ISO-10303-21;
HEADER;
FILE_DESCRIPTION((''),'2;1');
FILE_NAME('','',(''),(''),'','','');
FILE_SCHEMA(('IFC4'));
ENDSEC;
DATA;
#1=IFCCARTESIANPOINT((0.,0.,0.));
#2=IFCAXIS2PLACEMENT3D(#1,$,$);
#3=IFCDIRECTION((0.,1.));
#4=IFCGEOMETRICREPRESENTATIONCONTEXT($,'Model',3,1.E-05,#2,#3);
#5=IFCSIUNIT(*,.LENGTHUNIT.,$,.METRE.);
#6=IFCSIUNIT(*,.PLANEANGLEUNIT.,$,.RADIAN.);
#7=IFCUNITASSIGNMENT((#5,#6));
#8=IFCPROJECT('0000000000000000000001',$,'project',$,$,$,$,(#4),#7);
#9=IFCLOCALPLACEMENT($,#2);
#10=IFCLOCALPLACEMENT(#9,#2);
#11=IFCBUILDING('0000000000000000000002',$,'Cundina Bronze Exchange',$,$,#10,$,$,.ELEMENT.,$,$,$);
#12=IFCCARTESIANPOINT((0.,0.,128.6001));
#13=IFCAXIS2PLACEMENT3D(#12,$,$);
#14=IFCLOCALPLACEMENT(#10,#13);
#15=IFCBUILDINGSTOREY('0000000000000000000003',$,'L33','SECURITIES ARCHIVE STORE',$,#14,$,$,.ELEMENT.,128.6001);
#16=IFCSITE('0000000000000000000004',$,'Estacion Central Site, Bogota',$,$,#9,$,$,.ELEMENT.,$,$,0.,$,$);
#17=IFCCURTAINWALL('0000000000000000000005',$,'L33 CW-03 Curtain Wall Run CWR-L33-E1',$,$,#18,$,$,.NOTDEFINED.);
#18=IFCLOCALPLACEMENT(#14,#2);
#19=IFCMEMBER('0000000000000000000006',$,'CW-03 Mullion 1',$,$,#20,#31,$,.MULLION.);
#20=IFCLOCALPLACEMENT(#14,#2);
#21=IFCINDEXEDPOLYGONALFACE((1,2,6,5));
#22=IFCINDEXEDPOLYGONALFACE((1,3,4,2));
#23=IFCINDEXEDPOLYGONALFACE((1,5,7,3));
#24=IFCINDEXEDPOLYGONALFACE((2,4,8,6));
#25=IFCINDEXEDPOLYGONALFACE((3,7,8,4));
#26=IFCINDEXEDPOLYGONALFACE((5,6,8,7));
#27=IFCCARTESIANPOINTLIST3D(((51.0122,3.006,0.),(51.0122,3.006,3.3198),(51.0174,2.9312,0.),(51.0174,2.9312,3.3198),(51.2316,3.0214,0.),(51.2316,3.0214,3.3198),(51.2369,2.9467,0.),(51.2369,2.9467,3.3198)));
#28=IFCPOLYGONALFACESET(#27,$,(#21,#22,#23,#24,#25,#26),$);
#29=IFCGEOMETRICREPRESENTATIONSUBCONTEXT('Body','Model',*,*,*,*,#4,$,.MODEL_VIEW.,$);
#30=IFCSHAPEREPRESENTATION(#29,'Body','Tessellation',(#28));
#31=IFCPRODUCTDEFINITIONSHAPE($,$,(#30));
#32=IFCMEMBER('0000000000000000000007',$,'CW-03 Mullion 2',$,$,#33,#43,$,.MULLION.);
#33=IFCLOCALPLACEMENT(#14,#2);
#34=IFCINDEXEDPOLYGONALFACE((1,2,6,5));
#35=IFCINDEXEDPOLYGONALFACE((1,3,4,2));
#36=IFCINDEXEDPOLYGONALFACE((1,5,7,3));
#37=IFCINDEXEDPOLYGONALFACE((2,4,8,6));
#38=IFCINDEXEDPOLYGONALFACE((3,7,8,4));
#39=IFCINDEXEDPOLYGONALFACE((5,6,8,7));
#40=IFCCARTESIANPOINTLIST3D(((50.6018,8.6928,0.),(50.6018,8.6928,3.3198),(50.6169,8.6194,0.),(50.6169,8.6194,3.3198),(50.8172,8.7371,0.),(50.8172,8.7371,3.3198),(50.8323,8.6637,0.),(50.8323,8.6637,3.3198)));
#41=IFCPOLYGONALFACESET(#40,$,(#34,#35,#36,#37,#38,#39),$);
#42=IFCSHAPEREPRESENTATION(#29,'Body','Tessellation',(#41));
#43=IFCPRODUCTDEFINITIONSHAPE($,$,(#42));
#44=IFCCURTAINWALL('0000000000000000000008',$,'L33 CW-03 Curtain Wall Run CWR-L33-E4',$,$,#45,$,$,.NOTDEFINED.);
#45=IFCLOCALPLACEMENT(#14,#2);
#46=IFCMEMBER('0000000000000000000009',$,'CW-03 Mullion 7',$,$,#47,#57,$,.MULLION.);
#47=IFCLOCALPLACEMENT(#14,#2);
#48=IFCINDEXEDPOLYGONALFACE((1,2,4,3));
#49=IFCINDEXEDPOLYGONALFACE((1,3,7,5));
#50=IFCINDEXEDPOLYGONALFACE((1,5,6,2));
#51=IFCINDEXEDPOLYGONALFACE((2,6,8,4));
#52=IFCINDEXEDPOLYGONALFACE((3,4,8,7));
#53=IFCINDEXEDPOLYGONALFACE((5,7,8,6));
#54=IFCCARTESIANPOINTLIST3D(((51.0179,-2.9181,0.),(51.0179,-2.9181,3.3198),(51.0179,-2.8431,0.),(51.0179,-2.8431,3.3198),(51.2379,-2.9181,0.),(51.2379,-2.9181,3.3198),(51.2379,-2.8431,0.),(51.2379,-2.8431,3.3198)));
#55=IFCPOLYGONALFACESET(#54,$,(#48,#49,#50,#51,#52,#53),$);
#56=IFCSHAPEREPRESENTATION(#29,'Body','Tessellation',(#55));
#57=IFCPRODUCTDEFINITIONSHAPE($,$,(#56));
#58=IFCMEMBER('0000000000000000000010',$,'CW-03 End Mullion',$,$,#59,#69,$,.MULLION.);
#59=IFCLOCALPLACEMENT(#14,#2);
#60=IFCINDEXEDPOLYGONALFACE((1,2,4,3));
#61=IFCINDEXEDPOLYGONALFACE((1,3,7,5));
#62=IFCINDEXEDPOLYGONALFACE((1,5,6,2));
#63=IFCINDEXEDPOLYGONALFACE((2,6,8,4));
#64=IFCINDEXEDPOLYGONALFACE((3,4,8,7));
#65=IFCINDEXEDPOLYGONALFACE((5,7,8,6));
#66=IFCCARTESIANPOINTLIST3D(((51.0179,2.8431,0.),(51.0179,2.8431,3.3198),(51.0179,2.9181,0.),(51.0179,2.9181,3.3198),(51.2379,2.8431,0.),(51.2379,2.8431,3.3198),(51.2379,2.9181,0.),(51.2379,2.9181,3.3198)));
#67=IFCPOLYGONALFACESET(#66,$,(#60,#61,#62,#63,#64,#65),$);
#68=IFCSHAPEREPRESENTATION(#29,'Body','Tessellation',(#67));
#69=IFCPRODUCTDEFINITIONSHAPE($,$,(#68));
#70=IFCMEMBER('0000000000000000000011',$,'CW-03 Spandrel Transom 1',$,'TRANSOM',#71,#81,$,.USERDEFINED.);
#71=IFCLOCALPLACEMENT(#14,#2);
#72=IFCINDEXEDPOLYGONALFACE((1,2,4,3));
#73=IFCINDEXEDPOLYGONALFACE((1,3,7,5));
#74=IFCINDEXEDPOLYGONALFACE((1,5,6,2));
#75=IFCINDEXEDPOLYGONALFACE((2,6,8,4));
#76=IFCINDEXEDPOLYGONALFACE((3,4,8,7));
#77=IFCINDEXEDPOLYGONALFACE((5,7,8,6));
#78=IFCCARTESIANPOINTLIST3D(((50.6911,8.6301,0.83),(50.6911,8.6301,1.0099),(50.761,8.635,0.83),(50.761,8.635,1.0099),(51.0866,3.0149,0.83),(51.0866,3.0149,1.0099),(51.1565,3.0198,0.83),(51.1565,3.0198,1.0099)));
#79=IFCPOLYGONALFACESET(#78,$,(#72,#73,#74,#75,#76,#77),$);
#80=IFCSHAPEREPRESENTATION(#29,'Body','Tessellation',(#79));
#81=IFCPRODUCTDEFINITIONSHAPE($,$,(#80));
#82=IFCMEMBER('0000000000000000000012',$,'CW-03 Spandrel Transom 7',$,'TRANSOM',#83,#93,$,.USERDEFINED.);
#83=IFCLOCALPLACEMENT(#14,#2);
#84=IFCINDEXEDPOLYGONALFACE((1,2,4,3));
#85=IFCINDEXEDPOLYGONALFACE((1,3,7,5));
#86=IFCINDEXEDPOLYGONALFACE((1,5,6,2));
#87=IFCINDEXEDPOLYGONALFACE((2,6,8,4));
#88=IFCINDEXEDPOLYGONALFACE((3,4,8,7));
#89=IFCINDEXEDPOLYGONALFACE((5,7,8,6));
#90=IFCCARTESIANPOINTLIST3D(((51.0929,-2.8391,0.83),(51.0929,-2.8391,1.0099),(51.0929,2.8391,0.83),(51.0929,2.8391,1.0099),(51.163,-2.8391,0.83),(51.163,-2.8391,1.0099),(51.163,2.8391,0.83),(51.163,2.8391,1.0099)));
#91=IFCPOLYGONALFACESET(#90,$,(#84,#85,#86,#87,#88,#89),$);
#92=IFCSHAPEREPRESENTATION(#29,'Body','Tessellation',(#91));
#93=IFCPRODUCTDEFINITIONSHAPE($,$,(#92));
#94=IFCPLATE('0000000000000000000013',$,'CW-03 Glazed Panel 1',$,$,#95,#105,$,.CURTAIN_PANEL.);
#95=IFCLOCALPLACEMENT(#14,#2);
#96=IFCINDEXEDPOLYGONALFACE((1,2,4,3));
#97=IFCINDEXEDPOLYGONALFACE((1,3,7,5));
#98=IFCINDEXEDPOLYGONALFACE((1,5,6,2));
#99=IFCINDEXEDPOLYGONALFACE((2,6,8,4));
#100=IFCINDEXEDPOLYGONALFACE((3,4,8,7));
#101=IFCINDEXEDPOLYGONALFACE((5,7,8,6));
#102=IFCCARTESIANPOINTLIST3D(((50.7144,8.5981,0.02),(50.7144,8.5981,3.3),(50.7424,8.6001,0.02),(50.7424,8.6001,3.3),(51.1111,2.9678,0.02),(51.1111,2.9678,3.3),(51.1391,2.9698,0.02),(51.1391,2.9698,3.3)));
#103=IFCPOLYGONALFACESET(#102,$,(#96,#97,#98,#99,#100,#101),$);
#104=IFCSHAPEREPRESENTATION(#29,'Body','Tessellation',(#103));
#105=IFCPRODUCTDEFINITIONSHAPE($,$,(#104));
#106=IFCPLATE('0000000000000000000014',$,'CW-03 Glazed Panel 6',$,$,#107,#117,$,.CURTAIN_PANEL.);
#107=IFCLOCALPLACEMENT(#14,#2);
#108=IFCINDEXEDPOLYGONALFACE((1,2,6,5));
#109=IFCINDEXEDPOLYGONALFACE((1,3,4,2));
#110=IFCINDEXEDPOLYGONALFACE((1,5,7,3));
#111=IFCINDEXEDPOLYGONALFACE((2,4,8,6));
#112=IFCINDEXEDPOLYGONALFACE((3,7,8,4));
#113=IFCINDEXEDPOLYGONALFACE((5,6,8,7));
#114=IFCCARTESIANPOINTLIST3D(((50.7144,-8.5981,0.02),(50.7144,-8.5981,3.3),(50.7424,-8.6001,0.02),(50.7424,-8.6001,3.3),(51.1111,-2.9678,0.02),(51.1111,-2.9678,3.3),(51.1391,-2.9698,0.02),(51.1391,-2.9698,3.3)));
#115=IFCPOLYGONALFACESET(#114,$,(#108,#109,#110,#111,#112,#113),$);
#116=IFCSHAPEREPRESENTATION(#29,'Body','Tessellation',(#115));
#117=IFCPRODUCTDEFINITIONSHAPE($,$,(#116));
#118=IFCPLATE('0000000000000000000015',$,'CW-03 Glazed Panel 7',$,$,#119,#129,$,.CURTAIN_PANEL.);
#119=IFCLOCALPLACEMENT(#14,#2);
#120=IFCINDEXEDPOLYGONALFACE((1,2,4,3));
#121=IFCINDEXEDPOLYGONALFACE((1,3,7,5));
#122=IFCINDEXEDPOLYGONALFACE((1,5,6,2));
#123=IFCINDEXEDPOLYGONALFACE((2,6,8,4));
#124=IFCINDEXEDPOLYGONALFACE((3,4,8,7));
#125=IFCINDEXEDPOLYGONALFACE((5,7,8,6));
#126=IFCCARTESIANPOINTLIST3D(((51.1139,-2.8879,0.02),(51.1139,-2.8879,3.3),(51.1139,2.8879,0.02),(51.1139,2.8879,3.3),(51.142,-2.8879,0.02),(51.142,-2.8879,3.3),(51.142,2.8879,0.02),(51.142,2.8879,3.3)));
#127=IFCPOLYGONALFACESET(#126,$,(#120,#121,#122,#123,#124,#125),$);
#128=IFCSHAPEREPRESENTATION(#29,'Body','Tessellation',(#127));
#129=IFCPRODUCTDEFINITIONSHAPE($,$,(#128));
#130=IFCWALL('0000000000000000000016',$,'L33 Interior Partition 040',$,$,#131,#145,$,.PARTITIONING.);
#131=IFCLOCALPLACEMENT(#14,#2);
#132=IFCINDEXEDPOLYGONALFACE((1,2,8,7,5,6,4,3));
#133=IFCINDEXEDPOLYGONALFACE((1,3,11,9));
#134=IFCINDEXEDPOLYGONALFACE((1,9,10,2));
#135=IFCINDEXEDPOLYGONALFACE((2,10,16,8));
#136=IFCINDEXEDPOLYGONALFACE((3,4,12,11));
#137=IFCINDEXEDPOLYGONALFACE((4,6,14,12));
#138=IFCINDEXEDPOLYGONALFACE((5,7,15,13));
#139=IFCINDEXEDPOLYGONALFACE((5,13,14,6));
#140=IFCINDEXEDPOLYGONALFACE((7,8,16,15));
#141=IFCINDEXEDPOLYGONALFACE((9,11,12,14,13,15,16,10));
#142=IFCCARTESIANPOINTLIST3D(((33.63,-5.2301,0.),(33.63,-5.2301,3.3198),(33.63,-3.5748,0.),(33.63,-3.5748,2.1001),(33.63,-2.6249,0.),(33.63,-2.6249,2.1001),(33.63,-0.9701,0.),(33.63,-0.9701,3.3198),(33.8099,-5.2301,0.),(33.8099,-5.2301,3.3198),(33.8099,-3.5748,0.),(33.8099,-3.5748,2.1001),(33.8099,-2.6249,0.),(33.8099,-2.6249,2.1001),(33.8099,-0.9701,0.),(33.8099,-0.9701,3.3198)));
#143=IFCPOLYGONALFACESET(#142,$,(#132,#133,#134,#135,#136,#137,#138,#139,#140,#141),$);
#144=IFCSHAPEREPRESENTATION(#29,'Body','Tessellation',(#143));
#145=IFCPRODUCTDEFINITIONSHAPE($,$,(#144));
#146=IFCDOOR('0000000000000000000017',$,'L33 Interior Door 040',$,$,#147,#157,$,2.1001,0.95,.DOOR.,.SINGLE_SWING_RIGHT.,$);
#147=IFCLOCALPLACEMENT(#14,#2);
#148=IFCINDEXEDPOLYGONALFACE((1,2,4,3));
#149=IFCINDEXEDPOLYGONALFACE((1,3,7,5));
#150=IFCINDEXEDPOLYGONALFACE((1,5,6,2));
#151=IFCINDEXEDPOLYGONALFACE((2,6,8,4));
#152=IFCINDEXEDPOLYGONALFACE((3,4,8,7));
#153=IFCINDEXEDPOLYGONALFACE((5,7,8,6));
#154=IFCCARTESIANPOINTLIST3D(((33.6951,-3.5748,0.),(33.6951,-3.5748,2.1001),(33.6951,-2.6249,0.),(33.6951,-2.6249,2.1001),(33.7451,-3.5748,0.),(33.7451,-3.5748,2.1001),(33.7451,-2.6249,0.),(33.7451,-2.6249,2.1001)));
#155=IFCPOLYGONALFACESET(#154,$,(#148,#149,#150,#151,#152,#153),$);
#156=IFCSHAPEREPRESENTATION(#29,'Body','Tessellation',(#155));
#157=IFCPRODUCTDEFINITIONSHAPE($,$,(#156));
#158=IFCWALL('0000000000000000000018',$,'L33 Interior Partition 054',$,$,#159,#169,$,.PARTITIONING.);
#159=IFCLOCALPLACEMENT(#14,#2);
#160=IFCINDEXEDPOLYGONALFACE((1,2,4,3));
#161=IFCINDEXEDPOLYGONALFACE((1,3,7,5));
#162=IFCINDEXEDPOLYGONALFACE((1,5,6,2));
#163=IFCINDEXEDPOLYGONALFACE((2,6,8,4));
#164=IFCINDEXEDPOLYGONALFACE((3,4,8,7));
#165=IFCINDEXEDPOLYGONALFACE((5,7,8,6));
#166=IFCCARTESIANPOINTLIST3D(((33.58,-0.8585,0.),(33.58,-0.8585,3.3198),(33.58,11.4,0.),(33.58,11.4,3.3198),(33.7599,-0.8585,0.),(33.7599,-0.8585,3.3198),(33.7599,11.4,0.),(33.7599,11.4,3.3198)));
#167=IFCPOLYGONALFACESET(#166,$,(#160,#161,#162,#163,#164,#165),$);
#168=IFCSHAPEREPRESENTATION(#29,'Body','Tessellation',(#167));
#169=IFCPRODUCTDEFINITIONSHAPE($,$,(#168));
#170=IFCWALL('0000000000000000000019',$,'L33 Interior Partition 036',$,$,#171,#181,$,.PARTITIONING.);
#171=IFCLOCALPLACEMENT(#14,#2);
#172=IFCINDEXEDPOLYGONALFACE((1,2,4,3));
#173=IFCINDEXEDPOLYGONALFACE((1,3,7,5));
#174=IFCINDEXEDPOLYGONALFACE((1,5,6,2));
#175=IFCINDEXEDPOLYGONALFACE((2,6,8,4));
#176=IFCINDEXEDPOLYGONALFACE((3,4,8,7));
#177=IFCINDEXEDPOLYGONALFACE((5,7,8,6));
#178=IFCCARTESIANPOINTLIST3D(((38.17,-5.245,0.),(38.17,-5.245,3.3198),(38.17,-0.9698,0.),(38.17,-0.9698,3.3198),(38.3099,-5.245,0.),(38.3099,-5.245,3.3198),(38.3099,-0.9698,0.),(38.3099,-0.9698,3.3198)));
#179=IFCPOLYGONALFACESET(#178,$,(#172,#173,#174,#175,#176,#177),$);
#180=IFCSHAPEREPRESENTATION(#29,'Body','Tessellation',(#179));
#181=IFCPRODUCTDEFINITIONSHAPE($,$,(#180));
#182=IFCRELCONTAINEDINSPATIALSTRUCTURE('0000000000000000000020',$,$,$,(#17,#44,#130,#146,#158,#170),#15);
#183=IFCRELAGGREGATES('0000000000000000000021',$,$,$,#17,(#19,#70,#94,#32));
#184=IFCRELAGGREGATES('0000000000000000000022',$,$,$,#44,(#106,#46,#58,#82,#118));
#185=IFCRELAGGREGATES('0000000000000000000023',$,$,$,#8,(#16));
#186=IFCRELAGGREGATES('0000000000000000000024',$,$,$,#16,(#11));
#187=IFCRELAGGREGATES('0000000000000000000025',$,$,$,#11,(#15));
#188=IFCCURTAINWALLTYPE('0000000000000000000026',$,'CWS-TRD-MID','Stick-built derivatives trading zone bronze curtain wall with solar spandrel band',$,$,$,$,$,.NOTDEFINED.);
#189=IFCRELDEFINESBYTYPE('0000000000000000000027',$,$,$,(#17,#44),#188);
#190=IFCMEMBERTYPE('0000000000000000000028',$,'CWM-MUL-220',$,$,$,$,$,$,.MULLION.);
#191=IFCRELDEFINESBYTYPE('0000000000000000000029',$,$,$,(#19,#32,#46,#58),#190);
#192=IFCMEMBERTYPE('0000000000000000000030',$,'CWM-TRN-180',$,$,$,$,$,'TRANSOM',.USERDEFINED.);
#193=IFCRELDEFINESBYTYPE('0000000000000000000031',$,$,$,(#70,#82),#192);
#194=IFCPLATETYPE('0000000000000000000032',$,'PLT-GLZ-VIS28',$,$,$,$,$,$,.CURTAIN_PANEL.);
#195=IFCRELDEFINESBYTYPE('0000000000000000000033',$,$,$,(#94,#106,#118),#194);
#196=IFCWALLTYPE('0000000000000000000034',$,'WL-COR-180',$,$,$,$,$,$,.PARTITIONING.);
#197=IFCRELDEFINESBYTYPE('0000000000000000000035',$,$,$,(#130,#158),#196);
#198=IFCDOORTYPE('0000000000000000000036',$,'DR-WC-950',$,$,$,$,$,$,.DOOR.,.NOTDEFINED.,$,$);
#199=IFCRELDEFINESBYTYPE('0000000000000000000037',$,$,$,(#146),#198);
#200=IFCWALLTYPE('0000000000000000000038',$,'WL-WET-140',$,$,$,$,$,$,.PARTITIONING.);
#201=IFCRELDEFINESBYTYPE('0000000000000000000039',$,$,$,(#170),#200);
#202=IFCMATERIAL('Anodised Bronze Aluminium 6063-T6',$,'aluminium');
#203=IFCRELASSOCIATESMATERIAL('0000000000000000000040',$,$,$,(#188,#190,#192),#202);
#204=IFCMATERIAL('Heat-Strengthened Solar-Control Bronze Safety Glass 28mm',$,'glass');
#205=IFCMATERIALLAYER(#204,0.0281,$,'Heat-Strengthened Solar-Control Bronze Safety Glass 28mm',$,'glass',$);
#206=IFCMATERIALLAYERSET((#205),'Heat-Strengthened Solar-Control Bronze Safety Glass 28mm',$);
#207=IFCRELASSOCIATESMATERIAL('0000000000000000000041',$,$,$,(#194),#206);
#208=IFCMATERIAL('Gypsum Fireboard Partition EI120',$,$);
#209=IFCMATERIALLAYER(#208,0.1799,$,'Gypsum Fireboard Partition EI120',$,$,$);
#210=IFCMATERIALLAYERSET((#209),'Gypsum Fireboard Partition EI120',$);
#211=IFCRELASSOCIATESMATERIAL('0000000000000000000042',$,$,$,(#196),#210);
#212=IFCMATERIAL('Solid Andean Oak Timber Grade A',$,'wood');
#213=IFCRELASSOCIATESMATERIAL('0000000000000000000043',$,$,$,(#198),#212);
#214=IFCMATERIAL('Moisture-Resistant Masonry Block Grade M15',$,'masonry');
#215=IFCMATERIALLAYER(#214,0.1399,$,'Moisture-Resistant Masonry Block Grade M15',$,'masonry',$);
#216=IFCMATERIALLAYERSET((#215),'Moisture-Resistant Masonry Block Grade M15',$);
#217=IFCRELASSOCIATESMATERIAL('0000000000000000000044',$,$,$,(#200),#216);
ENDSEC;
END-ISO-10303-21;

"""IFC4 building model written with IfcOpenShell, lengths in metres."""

from ifc_helpers import new_model, si_unit, direction, frame, frame_2d, origin, origin_2d, place, context, subcontext, project, spatial, rectangle, extrude, material, layer, layer_set, material_profile, profile_set, type_object, element, fill, aggregate, save


model = new_model("IFC4")

# Units and contexts
model_context = context("Model", 3, precision=1e-05, world=origin(), true_north=direction((0.0, 1.0)))
body_context = subcontext(model_context, "Body", "Model", "MODEL_VIEW")
ifc_project = project(units=[si_unit("LENGTHUNIT", "METRE"), si_unit("PLANEANGLEUNIT", "RADIAN")], contexts=[model_context])

# Site, building, storey
site_placement = place(None, origin())
site = spatial("IfcSite", under=ifc_project, at=site_placement, Name="Estacion Central Site, Bogota", CompositionType="ELEMENT", RefElevation=0.0)
building_placement = place(site_placement, origin())
building = spatial("IfcBuilding", under=site, at=building_placement, Name="Cundina Bronze Exchange", CompositionType="ELEMENT")
storey_placement = place(building_placement, frame((0.0, 0.0, 128.6001)))
storey = spatial("IfcBuildingStorey", under=building, at=storey_placement, Name="L33", Description="SECURITIES ARCHIVE STORE", CompositionType="ELEMENT", Elevation=128.6001)

# Curtain walls, members
ifc_material_1 = material(Name="Anodised Bronze Aluminium 6063-T6", Category="aluminium")
curtain_wall_type = type_object("IfcCurtainWallType", Name="CWS-TRD-MID", Description="Stick-built derivatives trading zone bronze curtain wall with solar spandrel band", PredefinedType="NOTDEFINED", material=ifc_material_1)
curtain_wall_1_placement = place(storey_placement, origin())
curtain_wall_1 = element("IfcCurtainWall", 1, at=curtain_wall_1_placement, inside=storey, type_object=curtain_wall_type, Name="L33 CW-03 Curtain Wall Run CWR-L33-E1", PredefinedType="NOTDEFINED")
ifc_material_profile_1 = material_profile(ifc_material_1, rectangle(XDim=0.075, YDim=0.22, at=origin_2d()), Name="AL75X220", Category="aluminium")
ifc_profile_set_1 = profile_set([ifc_material_profile_1], Name="Anodised Bronze Aluminium 6063-T6")
member_type_1 = type_object("IfcMemberType", Name="CWM-MUL-220", PredefinedType="MULLION", material=ifc_profile_set_1)
member_1_placement = place(storey_placement, frame((51.1245, 2.9763, 0.0), z_axis=(0.0, 0.0, 1.0), x_axis=(-0.070279, 0.997527, 0.0)))
member_1 = element("IfcMember", 2, at=member_1_placement, type_object=member_type_1, Name="CW-03 Mullion 1", PredefinedType="MULLION", context=body_context, shape_type="SweptSolid", body=[
    extrude(rectangle(XDim=0.075, YDim=0.22, at=origin_2d()), origin(), (0.0, 0.0, 1.0), 3.3198),
])
member_2_placement = place(storey_placement, frame((50.717, 8.6782, 0.0), z_axis=(0.0, 0.0, 1.0), x_axis=(-0.20142, 0.979505, 0.0)))
member_2 = element("IfcMember", 3, at=member_2_placement, type_object=member_type_1, Name="CW-03 Mullion 2", PredefinedType="MULLION", context=body_context, shape_type="SweptSolid", body=[
    extrude(rectangle(XDim=0.075, YDim=0.22, at=origin_2d()), origin(), (0.0, 0.0, 1.0), 3.3198),
])
curtain_wall_2_placement = place(storey_placement, origin())
curtain_wall_2 = element("IfcCurtainWall", 4, at=curtain_wall_2_placement, inside=storey, type_object=curtain_wall_type, Name="L33 CW-03 Curtain Wall Run CWR-L33-E4", PredefinedType="NOTDEFINED")
member_3_placement = place(storey_placement, frame((51.1279, -2.8806, 0.0), z_axis=(0.0, 0.0, 1.0), x_axis=(0.0, 1.0, 0.0)))
member_3 = element("IfcMember", 5, at=member_3_placement, type_object=member_type_1, Name="CW-03 Mullion 7", PredefinedType="MULLION", context=body_context, shape_type="SweptSolid", body=[
    extrude(rectangle(XDim=0.075, YDim=0.22, at=origin_2d()), origin(), (0.0, 0.0, 1.0), 3.3198),
])
member_4_placement = place(storey_placement, frame((51.1279, 2.8806, 0.0), z_axis=(0.0, 0.0, 1.0), x_axis=(0.0, 1.0, 0.0)))
member_4 = element("IfcMember", 6, at=member_4_placement, type_object=member_type_1, Name="CW-03 End Mullion", PredefinedType="MULLION", context=body_context, shape_type="SweptSolid", body=[
    extrude(rectangle(XDim=0.075, YDim=0.22, at=origin_2d()), origin(), (0.0, 0.0, 1.0), 3.3198),
])

# Members
ifc_material_profile_2 = material_profile(ifc_material_1, rectangle(XDim=0.0701, YDim=0.1799, at=origin_2d()), Name="AL70X180", Category="aluminium")
ifc_profile_set_2 = profile_set([ifc_material_profile_2], Name="Anodised Bronze Aluminium 6063-T6")
member_type_2 = type_object("IfcMemberType", Name="CWM-TRN-180", ElementType="TRANSOM", PredefinedType="USERDEFINED", material=ifc_profile_set_2)
member_5_placement = place(storey_placement, frame((51.1216, 3.0173, 0.9199), z_axis=(-0.070261, 0.997529, 0.0), x_axis=(-0.997529, -0.070261, 0.0)))
member_5 = element("IfcMember", 7, at=member_5_placement, type_object=member_type_2, Name="CW-03 Spandrel Transom 1", ObjectType="TRANSOM", PredefinedType="USERDEFINED", context=body_context, shape_type="SweptSolid", body=[
    extrude(rectangle(XDim=0.0701, YDim=0.1799, at=origin_2d()), origin(), (0.0, 0.0, 1.0), 5.6292),
])
member_6_placement = place(storey_placement, frame((51.1279, -2.8391, 0.9199), z_axis=(0.0, 1.0, 0.0), x_axis=(-1.0, 0.0, 0.0)))
member_6 = element("IfcMember", 8, at=member_6_placement, type_object=member_type_2, Name="CW-03 Spandrel Transom 7", ObjectType="TRANSOM", PredefinedType="USERDEFINED", context=body_context, shape_type="SweptSolid", body=[
    extrude(rectangle(XDim=0.0701, YDim=0.1799, at=origin_2d()), origin(), (0.0, 0.0, 1.0), 5.6782),
])

# Plates
ifc_material_2 = material(Name="Heat-Strengthened Solar-Control Bronze Safety Glass 28mm", Category="glass")
ifc_layer_1 = layer(ifc_material_2, 0.0281, Name="Heat-Strengthened Solar-Control Bronze Safety Glass 28mm", Category="glass")
ifc_layer_set_1 = layer_set([ifc_layer_1], Name="Heat-Strengthened Solar-Control Bronze Safety Glass 28mm")
plate_type = type_object("IfcPlateType", Name="PLT-GLZ-VIS28", PredefinedType="CURTAIN_PANEL", material=ifc_layer_set_1)
plate_1_placement = place(storey_placement, frame((50.9268, 5.7839, 0.02), z_axis=(0.0, 0.0, 1.0), x_axis=(-0.070279, 0.997527, 0.0)))
plate_1 = element("IfcPlate", 9, at=plate_1_placement, type_object=plate_type, Name="CW-03 Glazed Panel 1", PredefinedType="CURTAIN_PANEL", context=body_context, shape_type="SweptSolid", body=[
    extrude(rectangle(XDim=5.6443, YDim=0.0281, at=origin_2d()), origin(), (0.0, 0.0, 1.0), 3.28),
])
aggregate(curtain_wall_1, [member_1, member_5, plate_1, member_2])
plate_2_placement = place(storey_placement, frame((50.9268, -5.7839, 0.02), z_axis=(0.0, 0.0, 1.0), x_axis=(0.070279, 0.997527, 0.0)))
plate_2 = element("IfcPlate", 10, at=plate_2_placement, type_object=plate_type, Name="CW-03 Glazed Panel 6", PredefinedType="CURTAIN_PANEL", context=body_context, shape_type="SweptSolid", body=[
    extrude(rectangle(XDim=5.6443, YDim=0.0281, at=origin_2d()), origin(), (0.0, 0.0, 1.0), 3.28),
])
plate_3_placement = place(storey_placement, frame((51.1279, 0.0, 0.02), z_axis=(0.0, 0.0, 1.0), x_axis=(0.0, 1.0, 0.0)))
plate_3 = element("IfcPlate", 11, at=plate_3_placement, type_object=plate_type, Name="CW-03 Glazed Panel 7", PredefinedType="CURTAIN_PANEL", context=body_context, shape_type="SweptSolid", body=[
    extrude(rectangle(XDim=5.7759, YDim=0.0281, at=origin_2d()), origin(), (0.0, 0.0, 1.0), 3.28),
])
aggregate(curtain_wall_2, [plate_2, member_3, member_4, member_6, plate_3])

# Wall, opening, door
ifc_material_3 = material(Name="Gypsum Fireboard Partition EI120")
ifc_layer_2 = layer(ifc_material_3, 0.1799, Name="Gypsum Fireboard Partition EI120")
ifc_layer_set_2 = layer_set([ifc_layer_2], Name="Gypsum Fireboard Partition EI120")
wall_type_1 = type_object("IfcWallType", Name="WL-COR-180", PredefinedType="PARTITIONING", material=ifc_layer_set_2)
wall_1_placement = place(storey_placement, frame((33.72, -5.23, 0.0), z_axis=(0.0, 0.0, 1.0), x_axis=(0.0, 1.0, 0.0)))
wall_1 = element("IfcWall", 12, at=wall_1_placement, inside=storey, type_object=wall_type_1, Name="L33 Interior Partition 040", PredefinedType="PARTITIONING", context=body_context, shape_type="SweptSolid", body=[
    extrude(rectangle(XDim=4.26, YDim=0.1799, at=frame_2d((2.1299, 0.0))), origin(), (0.0, 0.0, 1.0), 3.3198),
])
opening_placement = place(wall_1_placement, frame((1.655, 0.0, 0.0)))
opening = element("IfcOpeningElement", 13, at=opening_placement, cuts=wall_1, PredefinedType="OPENING", context=body_context, shape_type="SweptSolid", body=[
    extrude(rectangle(XDim=0.95, YDim=2.1001, at=frame_2d((0.4751, 1.05))), frame((0.0, 0.0999, 0.0), z_axis=(0.0, -1.0, 0.0), x_axis=(1.0, 0.0, 0.0)), (0.0, 0.0, 1.0), 0.2),
])
ifc_material_4 = material(Name="Solid Andean Oak Timber Grade A", Category="wood")
door_type = type_object("IfcDoorType", Name="DR-WC-950", OperationType="NOTDEFINED", PredefinedType="DOOR", material=ifc_material_4)
door_placement = place(opening_placement, origin())
door = element("IfcDoor", 14, at=door_placement, inside=storey, type_object=door_type, Name="L33 Interior Door 040", OperationType="SINGLE_SWING_RIGHT", OverallHeight=2.1001, OverallWidth=0.95, PredefinedType="DOOR", context=body_context, shape_type="SweptSolid", body=[
    extrude(rectangle(XDim=0.95, YDim=2.1001, at=frame_2d((0.4751, 1.05))), frame((0.0, 0.0249, 0.0), z_axis=(0.0, -1.0, 0.0), x_axis=(1.0, 0.0, 0.0)), (0.0, 0.0, 1.0), 0.05),
])
fill(opening, door)

# Walls
wall_2_placement = place(storey_placement, frame((33.6699, -0.8586, 0.0), z_axis=(0.0, 0.0, 1.0), x_axis=(0.0, 1.0, 0.0)))
element("IfcWall", 15, at=wall_2_placement, inside=storey, type_object=wall_type_1, Name="L33 Interior Partition 054", PredefinedType="PARTITIONING", context=body_context, shape_type="SweptSolid", body=[
    extrude(rectangle(XDim=12.2585, YDim=0.1799, at=frame_2d((6.1294, 0.0))), origin(), (0.0, 0.0, 1.0), 3.3198),
])
ifc_material_5 = material(Name="Moisture-Resistant Masonry Block Grade M15", Category="masonry")
ifc_layer_3 = layer(ifc_material_5, 0.1399, Name="Moisture-Resistant Masonry Block Grade M15", Category="masonry")
ifc_layer_set_3 = layer_set([ifc_layer_3], Name="Moisture-Resistant Masonry Block Grade M15")
wall_type_2 = type_object("IfcWallType", Name="WL-WET-140", PredefinedType="PARTITIONING", material=ifc_layer_set_3)
wall_3_placement = place(storey_placement, frame((38.24, -5.2451, 0.0), z_axis=(0.0, 0.0, 1.0), x_axis=(0.0, 1.0, 0.0)))
element("IfcWall", 16, at=wall_3_placement, inside=storey, type_object=wall_type_2, Name="L33 Interior Partition 036", PredefinedType="PARTITIONING", context=body_context, shape_type="SweptSolid", body=[
    extrude(rectangle(XDim=4.2751, YDim=0.1399, at=frame_2d((2.1377, 0.0))), origin(), (0.0, 0.0, 1.0), 3.3198),
])

save(model, "model.ifc")
